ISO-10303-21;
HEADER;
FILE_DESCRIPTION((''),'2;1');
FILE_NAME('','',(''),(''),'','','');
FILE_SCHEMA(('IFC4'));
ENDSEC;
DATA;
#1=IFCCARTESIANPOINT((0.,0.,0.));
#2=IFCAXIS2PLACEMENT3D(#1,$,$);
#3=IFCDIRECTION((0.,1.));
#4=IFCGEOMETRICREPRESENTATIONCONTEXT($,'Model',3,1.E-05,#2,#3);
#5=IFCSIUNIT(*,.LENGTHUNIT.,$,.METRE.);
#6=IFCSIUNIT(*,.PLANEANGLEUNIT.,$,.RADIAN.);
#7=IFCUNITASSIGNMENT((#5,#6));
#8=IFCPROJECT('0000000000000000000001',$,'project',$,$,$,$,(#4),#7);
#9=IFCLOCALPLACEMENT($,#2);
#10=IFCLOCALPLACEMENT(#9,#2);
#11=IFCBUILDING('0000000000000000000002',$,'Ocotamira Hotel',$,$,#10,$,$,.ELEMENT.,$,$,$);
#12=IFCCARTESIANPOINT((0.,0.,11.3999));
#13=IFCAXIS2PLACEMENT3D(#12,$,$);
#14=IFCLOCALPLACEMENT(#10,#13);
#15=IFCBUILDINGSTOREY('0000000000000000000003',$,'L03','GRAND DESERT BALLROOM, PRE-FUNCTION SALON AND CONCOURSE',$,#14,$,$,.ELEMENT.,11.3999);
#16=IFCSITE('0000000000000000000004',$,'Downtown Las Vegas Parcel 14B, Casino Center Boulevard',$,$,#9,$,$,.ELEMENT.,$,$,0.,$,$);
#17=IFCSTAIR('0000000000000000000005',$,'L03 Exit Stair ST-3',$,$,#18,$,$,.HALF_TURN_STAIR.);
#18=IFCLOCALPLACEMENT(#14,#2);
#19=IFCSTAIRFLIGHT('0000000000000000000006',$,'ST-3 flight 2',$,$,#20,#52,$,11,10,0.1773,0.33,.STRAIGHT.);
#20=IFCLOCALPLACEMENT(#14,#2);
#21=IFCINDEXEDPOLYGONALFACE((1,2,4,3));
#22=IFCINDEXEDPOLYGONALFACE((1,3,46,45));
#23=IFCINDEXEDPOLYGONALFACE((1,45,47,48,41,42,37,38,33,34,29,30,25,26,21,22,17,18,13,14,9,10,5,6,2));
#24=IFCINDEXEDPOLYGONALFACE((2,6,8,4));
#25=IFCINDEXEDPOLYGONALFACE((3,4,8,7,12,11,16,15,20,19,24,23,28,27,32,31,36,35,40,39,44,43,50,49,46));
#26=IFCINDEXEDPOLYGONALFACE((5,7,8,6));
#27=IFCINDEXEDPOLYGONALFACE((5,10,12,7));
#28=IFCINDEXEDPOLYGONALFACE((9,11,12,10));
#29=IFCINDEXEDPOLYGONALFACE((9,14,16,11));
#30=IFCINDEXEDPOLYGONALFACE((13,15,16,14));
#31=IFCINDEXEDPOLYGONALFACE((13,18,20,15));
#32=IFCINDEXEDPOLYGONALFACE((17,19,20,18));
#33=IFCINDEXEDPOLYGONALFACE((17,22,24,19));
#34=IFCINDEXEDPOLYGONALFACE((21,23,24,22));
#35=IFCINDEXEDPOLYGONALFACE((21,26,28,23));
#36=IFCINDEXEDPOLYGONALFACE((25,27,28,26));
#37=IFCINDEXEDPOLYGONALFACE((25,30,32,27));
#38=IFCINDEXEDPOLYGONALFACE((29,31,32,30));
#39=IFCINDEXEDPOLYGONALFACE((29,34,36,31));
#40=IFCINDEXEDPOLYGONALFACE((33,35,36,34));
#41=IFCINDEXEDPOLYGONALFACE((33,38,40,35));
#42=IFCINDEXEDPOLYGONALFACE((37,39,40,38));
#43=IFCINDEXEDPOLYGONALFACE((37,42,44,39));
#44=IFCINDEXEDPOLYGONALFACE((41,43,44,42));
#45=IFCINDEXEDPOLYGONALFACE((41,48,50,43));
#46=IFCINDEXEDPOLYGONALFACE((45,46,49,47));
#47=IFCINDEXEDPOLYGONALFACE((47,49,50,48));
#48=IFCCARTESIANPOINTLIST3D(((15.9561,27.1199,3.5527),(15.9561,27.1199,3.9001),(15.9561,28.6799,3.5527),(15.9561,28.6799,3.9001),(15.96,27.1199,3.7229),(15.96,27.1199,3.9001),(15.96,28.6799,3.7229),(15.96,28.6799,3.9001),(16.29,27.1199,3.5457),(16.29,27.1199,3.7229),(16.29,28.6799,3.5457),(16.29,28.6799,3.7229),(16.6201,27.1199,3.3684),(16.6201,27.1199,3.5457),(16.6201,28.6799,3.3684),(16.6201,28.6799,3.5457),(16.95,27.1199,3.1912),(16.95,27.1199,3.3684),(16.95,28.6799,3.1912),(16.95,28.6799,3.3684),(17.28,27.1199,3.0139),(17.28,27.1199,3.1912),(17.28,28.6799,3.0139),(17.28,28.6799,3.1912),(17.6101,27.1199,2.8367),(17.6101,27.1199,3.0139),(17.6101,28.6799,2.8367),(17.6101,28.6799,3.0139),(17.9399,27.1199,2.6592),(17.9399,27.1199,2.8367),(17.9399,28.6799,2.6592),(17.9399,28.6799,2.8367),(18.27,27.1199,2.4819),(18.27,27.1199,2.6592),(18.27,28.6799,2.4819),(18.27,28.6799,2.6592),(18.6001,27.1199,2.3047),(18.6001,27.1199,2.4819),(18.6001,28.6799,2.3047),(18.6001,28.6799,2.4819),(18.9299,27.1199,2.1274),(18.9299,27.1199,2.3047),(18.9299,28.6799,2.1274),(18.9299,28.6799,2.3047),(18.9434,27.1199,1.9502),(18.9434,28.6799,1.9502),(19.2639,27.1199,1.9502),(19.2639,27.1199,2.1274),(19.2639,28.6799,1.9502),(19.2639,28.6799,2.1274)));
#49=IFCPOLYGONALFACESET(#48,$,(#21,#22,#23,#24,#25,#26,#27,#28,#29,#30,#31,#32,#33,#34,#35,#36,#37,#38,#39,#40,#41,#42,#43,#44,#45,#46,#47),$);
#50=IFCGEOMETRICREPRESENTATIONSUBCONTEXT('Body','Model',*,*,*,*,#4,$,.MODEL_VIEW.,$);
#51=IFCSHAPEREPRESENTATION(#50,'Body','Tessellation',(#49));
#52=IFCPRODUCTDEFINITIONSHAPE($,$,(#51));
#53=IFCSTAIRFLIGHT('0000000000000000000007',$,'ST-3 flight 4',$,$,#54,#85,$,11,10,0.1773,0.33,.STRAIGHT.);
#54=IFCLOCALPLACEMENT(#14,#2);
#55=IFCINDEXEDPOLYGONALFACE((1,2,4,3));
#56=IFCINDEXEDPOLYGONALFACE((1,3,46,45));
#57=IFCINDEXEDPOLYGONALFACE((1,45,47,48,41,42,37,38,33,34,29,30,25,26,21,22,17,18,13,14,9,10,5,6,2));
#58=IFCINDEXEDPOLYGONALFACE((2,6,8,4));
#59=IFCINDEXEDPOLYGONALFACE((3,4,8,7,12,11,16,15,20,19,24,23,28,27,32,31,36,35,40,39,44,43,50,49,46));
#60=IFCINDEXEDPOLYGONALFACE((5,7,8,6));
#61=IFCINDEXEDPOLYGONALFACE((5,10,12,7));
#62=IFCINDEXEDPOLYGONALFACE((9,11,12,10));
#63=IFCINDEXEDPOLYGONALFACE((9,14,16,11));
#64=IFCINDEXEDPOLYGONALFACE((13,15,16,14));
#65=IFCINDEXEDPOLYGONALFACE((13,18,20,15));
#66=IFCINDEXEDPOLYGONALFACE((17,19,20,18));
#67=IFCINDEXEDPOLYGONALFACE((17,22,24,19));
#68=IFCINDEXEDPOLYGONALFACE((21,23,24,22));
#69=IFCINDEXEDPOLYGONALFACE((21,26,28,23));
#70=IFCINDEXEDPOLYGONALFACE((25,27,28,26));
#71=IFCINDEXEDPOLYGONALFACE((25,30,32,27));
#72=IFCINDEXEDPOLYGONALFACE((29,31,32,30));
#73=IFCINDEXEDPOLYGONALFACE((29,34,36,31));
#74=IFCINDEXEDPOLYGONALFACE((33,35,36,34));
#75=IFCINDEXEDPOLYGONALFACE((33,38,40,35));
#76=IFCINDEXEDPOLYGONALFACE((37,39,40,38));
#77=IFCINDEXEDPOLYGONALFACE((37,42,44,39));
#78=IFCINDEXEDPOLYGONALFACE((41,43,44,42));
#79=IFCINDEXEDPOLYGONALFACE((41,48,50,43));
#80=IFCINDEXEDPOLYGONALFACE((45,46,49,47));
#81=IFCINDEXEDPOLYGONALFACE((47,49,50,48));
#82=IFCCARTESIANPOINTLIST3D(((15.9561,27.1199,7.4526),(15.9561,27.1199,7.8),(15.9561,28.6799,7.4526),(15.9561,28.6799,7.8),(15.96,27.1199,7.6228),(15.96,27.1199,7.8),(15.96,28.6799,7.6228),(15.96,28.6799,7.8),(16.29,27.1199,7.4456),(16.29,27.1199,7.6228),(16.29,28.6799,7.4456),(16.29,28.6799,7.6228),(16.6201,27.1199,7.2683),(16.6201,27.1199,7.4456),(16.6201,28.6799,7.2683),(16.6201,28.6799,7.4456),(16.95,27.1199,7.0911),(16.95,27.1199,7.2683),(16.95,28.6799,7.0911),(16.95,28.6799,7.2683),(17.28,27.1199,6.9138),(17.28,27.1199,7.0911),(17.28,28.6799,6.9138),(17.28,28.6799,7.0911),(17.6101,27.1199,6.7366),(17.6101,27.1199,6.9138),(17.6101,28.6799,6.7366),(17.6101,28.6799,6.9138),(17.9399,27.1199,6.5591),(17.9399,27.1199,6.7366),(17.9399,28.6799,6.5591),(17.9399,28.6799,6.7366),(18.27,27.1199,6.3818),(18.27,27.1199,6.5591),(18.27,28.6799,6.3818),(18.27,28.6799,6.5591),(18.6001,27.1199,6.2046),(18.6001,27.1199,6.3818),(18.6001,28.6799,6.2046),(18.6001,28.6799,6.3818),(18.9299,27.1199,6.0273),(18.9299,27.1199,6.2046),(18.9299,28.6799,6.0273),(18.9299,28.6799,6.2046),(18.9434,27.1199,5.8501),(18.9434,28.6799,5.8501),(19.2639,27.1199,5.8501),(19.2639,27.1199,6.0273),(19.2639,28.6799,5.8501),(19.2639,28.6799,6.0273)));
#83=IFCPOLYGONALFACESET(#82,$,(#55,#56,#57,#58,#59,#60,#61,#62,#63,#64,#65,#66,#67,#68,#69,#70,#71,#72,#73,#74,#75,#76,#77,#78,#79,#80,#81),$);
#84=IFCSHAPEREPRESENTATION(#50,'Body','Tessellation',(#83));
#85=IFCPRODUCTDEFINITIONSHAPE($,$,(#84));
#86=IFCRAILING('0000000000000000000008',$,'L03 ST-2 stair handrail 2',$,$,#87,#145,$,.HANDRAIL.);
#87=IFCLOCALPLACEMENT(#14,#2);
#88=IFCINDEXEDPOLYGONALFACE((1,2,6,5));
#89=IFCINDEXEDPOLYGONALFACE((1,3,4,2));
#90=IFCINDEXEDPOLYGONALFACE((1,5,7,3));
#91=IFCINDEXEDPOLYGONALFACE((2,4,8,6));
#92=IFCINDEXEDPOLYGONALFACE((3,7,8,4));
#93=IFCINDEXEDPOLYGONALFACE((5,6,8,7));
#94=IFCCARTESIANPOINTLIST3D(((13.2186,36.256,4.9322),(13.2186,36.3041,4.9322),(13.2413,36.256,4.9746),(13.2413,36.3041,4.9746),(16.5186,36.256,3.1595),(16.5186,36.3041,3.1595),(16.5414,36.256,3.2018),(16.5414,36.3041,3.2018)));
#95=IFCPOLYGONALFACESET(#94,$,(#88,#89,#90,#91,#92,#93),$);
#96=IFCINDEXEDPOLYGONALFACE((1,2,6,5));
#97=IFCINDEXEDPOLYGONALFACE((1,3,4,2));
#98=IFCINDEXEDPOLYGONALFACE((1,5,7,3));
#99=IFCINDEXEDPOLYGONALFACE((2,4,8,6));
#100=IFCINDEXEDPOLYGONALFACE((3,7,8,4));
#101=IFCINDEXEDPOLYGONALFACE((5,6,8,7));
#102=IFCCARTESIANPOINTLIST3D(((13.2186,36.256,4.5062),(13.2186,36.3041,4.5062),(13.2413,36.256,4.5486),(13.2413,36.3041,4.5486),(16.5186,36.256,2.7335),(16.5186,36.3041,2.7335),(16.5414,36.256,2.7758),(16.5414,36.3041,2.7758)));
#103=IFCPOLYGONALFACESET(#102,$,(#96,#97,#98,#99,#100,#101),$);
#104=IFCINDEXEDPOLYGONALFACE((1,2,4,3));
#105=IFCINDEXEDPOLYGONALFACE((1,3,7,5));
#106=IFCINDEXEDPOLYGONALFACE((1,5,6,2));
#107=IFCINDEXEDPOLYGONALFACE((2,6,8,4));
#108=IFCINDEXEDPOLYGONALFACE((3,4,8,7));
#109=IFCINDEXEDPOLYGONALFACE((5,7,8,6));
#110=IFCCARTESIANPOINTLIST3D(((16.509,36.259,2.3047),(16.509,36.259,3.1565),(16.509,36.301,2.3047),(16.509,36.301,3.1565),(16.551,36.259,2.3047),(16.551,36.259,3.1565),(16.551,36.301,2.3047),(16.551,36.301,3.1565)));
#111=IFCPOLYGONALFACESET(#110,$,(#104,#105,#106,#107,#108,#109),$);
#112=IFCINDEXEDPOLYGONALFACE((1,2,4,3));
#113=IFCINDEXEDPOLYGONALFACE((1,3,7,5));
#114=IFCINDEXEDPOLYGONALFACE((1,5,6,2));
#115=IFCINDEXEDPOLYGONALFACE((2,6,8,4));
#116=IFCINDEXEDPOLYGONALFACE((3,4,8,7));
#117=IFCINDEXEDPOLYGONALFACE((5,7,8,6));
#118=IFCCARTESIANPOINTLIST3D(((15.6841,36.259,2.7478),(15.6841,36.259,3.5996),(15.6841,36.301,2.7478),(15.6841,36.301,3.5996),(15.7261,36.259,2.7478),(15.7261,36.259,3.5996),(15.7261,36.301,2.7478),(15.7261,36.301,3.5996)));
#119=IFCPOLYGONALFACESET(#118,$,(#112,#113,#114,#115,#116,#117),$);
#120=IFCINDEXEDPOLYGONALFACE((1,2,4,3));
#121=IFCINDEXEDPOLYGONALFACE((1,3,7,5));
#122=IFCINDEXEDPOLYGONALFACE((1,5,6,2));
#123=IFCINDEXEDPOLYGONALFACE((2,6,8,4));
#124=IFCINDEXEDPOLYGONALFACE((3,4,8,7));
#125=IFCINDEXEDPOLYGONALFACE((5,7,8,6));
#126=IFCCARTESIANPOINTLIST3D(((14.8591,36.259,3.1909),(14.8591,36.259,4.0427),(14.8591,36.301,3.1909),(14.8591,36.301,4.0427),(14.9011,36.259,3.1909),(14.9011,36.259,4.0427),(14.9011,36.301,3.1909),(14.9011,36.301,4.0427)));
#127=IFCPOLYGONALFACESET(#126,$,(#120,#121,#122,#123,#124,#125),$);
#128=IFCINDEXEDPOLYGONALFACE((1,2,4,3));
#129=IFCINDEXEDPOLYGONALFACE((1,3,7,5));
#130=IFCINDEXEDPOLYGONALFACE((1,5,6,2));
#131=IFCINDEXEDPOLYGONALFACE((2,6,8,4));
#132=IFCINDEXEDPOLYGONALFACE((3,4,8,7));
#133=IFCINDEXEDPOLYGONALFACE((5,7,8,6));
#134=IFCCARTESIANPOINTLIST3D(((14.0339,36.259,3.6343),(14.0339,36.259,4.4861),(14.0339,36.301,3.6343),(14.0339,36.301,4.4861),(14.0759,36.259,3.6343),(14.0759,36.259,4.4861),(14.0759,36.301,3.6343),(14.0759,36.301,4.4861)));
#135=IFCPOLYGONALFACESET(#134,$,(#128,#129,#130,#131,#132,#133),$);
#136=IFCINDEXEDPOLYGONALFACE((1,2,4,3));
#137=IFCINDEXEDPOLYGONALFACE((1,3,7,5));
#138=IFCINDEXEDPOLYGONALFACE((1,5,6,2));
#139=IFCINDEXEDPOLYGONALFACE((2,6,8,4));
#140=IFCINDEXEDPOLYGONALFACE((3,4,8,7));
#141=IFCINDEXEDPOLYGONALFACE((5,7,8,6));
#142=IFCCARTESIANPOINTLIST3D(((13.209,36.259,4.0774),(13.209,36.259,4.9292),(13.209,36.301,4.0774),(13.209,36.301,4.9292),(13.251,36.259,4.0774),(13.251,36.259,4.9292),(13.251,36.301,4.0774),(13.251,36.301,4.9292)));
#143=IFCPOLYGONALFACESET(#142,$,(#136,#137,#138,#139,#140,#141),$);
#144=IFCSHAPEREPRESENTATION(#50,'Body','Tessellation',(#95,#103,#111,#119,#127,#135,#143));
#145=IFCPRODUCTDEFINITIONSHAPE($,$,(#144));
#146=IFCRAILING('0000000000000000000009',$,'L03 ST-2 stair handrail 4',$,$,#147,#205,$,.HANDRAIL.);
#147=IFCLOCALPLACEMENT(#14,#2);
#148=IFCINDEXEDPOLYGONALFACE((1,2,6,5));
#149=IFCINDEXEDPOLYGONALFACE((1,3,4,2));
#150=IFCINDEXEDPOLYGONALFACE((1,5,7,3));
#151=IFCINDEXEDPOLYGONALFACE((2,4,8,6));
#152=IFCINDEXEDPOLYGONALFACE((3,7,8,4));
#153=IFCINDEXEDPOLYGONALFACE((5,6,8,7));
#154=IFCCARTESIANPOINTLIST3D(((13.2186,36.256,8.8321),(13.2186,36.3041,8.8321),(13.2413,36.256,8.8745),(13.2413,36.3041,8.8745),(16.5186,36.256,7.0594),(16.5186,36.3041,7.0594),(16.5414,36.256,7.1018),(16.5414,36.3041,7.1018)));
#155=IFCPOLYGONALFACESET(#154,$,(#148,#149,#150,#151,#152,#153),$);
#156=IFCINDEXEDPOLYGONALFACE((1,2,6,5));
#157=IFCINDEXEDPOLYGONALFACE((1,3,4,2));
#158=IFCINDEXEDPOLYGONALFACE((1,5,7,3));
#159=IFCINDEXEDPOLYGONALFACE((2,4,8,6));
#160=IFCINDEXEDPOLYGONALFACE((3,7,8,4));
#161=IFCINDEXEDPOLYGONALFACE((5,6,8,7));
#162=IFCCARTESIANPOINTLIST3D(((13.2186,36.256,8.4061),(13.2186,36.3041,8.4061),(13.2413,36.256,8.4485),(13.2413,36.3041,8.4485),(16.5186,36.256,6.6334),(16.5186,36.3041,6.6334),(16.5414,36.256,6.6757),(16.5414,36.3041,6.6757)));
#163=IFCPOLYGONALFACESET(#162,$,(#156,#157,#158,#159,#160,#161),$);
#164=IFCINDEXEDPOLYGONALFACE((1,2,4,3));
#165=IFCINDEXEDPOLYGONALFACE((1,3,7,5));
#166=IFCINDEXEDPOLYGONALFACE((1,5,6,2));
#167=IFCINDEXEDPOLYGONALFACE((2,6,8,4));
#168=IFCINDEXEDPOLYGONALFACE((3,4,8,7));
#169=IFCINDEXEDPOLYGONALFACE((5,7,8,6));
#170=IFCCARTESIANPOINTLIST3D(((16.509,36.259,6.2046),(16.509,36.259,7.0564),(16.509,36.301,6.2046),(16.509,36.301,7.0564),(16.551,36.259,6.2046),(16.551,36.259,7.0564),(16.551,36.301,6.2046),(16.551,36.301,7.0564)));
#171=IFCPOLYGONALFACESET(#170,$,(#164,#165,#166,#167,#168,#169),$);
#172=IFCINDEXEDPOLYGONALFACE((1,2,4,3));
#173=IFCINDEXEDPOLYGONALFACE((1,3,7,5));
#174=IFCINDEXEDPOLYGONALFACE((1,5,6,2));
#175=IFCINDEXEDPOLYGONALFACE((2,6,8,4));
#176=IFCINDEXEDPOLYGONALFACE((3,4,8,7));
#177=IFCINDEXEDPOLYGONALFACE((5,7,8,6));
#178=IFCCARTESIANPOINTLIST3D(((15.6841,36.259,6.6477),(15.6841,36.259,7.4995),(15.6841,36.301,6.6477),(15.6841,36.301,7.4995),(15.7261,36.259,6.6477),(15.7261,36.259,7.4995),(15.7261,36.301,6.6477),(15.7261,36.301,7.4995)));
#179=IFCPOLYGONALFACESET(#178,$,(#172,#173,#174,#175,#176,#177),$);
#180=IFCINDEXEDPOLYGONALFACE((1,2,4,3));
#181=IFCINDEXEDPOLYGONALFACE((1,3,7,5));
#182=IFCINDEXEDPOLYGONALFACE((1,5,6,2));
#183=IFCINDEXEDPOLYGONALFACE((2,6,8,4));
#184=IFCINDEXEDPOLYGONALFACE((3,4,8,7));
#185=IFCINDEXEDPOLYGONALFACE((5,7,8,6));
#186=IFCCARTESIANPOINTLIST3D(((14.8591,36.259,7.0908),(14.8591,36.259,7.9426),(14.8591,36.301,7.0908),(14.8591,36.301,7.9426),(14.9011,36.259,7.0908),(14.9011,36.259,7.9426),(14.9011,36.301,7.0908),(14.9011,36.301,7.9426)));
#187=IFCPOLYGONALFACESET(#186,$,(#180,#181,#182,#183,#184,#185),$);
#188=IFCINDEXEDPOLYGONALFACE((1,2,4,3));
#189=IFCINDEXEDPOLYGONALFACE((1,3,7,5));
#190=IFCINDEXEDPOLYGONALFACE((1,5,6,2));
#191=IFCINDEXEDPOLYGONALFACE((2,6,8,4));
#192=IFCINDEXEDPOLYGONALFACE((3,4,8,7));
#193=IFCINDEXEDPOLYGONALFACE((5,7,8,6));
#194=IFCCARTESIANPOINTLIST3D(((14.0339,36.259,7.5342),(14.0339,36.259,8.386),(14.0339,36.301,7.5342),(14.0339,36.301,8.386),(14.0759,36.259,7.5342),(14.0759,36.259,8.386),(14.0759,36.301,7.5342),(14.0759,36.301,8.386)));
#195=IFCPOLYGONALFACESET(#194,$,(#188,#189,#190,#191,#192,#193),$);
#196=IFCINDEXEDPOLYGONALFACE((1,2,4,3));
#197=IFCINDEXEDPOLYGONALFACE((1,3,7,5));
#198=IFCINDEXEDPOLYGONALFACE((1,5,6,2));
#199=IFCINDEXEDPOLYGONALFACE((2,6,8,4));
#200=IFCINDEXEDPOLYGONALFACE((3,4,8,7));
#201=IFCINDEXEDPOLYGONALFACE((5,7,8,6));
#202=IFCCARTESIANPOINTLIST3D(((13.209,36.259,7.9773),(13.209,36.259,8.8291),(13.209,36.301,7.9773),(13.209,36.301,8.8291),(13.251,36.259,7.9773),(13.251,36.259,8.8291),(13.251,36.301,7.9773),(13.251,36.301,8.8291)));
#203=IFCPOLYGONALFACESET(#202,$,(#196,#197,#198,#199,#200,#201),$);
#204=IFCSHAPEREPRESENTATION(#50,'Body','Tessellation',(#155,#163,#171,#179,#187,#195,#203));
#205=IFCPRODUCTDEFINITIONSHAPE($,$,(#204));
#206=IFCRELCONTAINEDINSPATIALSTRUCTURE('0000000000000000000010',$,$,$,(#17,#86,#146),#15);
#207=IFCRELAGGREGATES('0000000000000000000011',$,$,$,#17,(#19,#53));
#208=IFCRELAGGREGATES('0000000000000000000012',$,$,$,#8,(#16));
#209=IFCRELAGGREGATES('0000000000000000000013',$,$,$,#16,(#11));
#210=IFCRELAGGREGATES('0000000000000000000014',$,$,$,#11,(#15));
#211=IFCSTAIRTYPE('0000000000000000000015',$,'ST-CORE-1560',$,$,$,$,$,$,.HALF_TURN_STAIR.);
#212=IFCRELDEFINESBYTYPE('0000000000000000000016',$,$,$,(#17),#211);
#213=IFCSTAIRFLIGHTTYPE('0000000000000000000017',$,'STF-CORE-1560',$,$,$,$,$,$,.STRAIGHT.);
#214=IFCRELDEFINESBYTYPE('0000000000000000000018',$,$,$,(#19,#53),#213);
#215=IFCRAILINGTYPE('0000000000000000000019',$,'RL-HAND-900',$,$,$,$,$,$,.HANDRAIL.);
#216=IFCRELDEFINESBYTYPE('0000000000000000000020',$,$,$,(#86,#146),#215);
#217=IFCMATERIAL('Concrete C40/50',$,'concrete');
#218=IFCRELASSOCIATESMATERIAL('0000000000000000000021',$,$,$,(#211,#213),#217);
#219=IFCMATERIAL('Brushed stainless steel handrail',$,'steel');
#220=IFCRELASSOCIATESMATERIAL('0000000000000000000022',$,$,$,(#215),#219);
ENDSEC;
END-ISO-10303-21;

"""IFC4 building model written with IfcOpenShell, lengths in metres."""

from ifc_helpers import new_model, si_unit, direction, frame, origin, origin_2d, place, context, subcontext, project, spatial, polyline, rectangle, outline, extrude, source, transform, mapped, material, type_object, element, aggregate, save


model = new_model("IFC4")

# Units and contexts
model_context = context("Model", 3, precision=1e-05, world=origin(), true_north=direction((0.0, 1.0)))
body_context = subcontext(model_context, "Body", "Model", "MODEL_VIEW")
ifc_project = project(units=[si_unit("LENGTHUNIT", "METRE"), si_unit("PLANEANGLEUNIT", "RADIAN")], contexts=[model_context])

# Site, building, storey
site_placement = place(None, origin())
site = spatial("IfcSite", under=ifc_project, at=site_placement, Name="Downtown Las Vegas Parcel 14B, Casino Center Boulevard", CompositionType="ELEMENT", RefElevation=0.0)
building_placement = place(site_placement, origin())
building = spatial("IfcBuilding", under=site, at=building_placement, Name="Ocotamira Hotel", CompositionType="ELEMENT")
storey_placement = place(building_placement, frame((0.0, 0.0, 11.3999)))
storey = spatial("IfcBuildingStorey", under=building, at=storey_placement, Name="L03", Description="GRAND DESERT BALLROOM, PRE-FUNCTION SALON AND CONCOURSE", CompositionType="ELEMENT", Elevation=11.3999)

# Stair, stair flights
ifc_material_1 = material(Name="Concrete C40/50", Category="concrete")
stair_type = type_object("IfcStairType", Name="ST-CORE-1560", PredefinedType="HALF_TURN_STAIR", material=ifc_material_1)
stair_flight_type = type_object("IfcStairFlightType", Name="STF-CORE-1560", PredefinedType="STRAIGHT", material=ifc_material_1)
shared_shape_1 = source(origin(), body_context, "Body", "SweptSolid", [
    extrude(outline(polyline([(-0.0039, 0.0), (-0.0039, 0.1772), (0.3301, 0.1772), (0.3301, 0.3545), (0.6599, 0.3545), (0.6599, 0.5317), (0.99, 0.5317), (0.99, 0.709), (1.3201, 0.709), (1.3201, 0.8865), (1.6499, 0.8865), (1.6499, 1.0637), (1.98, 1.0637), (1.98, 1.241), (2.3101, 1.241), (2.3101, 1.4182), (2.6399, 1.4182), (2.6399, 1.5955), (2.97, 1.5955), (2.97, 1.7727), (3.3, 1.7727), (3.3, 1.95), (3.304, 1.95), (3.304, 1.6025), (0.3167, 0.0), (-0.0039, 0.0)])), frame((0.0, 0.78, 0.0), z_axis=(0.0, -1.0, 0.0), x_axis=(1.0, 0.0, 0.0)), (0.0, 0.0, 1.0), 1.5601),
])
stair_1_placement = place(storey_placement, origin())
stair_1 = element("IfcStair", 1, at=stair_1_placement, inside=storey, type_object=stair_type, Name="L03 Exit Stair ST-3", PredefinedType="HALF_TURN_STAIR")
stair_flight_1_placement = place(storey_placement, frame((19.26, 27.8999, 1.9502), z_axis=(0.0, 0.0, 1.0), x_axis=(-1.0, 0.0, 0.0)))
stair_flight_1 = element("IfcStairFlight", 2, at=stair_flight_1_placement, type_object=stair_flight_type, Name="ST-3 flight 2", NumberOfRisers=11, NumberOfTreads=10, PredefinedType="STRAIGHT", RiserHeight=0.1773, TreadLength=0.33, context=body_context, shape_type="MappedRepresentation", body=[
    mapped(shared_shape_1, transform((0.0, 0.0, 0.0), scale=1.0)),
])
stair_flight_2_placement = place(storey_placement, frame((19.26, 27.8999, 5.8501), z_axis=(0.0, 0.0, 1.0), x_axis=(-1.0, 0.0, 0.0)))
stair_flight_2 = element("IfcStairFlight", 3, at=stair_flight_2_placement, type_object=stair_flight_type, Name="ST-3 flight 4", NumberOfRisers=11, NumberOfTreads=10, PredefinedType="STRAIGHT", RiserHeight=0.1773, TreadLength=0.33, context=body_context, shape_type="MappedRepresentation", body=[
    mapped(shared_shape_1, transform((0.0, 0.0, 0.0), scale=1.0)),
])
aggregate(stair_1, [stair_flight_1, stair_flight_2])

# Railings
ifc_material_2 = material(Name="Brushed stainless steel handrail", Category="steel")
railing_type_1 = type_object("IfcRailingType", Name="RL-HAND-900", PredefinedType="HANDRAIL", material=ifc_material_2)
for number, where, name in (
    (4, (16.53, 36.28, 2.3047), "L03 ST-2 stair handrail 2"),
    (5, (16.53, 36.28, 6.2046), "L03 ST-2 stair handrail 4"),
):
    element("IfcRailing", number, at=place(storey_placement, frame(where)), inside=storey, type_object=railing_type_1, Name=name, PredefinedType="HANDRAIL", context=body_context, shape_type="SweptSolid", body=[
        extrude(rectangle(XDim=0.0481, YDim=0.0481, at=origin_2d()), frame((0.0, 0.0, 0.876), z_axis=(-0.880944, 0.0, 0.473221), x_axis=(0.0, -1.0, 0.0)), (0.0, 0.0, 1.0), 3.7461),
        extrude(rectangle(XDim=0.0481, YDim=0.0481, at=origin_2d()), frame((0.0, 0.0, 0.45), z_axis=(-0.880944, 0.0, 0.473221), x_axis=(0.0, -1.0, 0.0)), (0.0, 0.0, 1.0), 3.7461),
        extrude(rectangle(XDim=0.042, YDim=0.042, at=origin_2d()), origin(), (0.0, 0.0, 1.0), 0.8518),
        extrude(rectangle(XDim=0.042, YDim=0.042, at=origin_2d()), frame((-0.825, 0.0, 0.4431)), (0.0, 0.0, 1.0), 0.8518),
        extrude(rectangle(XDim=0.042, YDim=0.042, at=origin_2d()), frame((-1.6499, 0.0, 0.8862)), (0.0, 0.0, 1.0), 0.8518),
        extrude(rectangle(XDim=0.042, YDim=0.042, at=origin_2d()), frame((-2.4751, 0.0, 1.3296)), (0.0, 0.0, 1.0), 0.8518),
        extrude(rectangle(XDim=0.042, YDim=0.042, at=origin_2d()), frame((-3.3, 0.0, 1.7727)), (0.0, 0.0, 1.0), 0.8518),
    ])

save(model, "model.ifc")
